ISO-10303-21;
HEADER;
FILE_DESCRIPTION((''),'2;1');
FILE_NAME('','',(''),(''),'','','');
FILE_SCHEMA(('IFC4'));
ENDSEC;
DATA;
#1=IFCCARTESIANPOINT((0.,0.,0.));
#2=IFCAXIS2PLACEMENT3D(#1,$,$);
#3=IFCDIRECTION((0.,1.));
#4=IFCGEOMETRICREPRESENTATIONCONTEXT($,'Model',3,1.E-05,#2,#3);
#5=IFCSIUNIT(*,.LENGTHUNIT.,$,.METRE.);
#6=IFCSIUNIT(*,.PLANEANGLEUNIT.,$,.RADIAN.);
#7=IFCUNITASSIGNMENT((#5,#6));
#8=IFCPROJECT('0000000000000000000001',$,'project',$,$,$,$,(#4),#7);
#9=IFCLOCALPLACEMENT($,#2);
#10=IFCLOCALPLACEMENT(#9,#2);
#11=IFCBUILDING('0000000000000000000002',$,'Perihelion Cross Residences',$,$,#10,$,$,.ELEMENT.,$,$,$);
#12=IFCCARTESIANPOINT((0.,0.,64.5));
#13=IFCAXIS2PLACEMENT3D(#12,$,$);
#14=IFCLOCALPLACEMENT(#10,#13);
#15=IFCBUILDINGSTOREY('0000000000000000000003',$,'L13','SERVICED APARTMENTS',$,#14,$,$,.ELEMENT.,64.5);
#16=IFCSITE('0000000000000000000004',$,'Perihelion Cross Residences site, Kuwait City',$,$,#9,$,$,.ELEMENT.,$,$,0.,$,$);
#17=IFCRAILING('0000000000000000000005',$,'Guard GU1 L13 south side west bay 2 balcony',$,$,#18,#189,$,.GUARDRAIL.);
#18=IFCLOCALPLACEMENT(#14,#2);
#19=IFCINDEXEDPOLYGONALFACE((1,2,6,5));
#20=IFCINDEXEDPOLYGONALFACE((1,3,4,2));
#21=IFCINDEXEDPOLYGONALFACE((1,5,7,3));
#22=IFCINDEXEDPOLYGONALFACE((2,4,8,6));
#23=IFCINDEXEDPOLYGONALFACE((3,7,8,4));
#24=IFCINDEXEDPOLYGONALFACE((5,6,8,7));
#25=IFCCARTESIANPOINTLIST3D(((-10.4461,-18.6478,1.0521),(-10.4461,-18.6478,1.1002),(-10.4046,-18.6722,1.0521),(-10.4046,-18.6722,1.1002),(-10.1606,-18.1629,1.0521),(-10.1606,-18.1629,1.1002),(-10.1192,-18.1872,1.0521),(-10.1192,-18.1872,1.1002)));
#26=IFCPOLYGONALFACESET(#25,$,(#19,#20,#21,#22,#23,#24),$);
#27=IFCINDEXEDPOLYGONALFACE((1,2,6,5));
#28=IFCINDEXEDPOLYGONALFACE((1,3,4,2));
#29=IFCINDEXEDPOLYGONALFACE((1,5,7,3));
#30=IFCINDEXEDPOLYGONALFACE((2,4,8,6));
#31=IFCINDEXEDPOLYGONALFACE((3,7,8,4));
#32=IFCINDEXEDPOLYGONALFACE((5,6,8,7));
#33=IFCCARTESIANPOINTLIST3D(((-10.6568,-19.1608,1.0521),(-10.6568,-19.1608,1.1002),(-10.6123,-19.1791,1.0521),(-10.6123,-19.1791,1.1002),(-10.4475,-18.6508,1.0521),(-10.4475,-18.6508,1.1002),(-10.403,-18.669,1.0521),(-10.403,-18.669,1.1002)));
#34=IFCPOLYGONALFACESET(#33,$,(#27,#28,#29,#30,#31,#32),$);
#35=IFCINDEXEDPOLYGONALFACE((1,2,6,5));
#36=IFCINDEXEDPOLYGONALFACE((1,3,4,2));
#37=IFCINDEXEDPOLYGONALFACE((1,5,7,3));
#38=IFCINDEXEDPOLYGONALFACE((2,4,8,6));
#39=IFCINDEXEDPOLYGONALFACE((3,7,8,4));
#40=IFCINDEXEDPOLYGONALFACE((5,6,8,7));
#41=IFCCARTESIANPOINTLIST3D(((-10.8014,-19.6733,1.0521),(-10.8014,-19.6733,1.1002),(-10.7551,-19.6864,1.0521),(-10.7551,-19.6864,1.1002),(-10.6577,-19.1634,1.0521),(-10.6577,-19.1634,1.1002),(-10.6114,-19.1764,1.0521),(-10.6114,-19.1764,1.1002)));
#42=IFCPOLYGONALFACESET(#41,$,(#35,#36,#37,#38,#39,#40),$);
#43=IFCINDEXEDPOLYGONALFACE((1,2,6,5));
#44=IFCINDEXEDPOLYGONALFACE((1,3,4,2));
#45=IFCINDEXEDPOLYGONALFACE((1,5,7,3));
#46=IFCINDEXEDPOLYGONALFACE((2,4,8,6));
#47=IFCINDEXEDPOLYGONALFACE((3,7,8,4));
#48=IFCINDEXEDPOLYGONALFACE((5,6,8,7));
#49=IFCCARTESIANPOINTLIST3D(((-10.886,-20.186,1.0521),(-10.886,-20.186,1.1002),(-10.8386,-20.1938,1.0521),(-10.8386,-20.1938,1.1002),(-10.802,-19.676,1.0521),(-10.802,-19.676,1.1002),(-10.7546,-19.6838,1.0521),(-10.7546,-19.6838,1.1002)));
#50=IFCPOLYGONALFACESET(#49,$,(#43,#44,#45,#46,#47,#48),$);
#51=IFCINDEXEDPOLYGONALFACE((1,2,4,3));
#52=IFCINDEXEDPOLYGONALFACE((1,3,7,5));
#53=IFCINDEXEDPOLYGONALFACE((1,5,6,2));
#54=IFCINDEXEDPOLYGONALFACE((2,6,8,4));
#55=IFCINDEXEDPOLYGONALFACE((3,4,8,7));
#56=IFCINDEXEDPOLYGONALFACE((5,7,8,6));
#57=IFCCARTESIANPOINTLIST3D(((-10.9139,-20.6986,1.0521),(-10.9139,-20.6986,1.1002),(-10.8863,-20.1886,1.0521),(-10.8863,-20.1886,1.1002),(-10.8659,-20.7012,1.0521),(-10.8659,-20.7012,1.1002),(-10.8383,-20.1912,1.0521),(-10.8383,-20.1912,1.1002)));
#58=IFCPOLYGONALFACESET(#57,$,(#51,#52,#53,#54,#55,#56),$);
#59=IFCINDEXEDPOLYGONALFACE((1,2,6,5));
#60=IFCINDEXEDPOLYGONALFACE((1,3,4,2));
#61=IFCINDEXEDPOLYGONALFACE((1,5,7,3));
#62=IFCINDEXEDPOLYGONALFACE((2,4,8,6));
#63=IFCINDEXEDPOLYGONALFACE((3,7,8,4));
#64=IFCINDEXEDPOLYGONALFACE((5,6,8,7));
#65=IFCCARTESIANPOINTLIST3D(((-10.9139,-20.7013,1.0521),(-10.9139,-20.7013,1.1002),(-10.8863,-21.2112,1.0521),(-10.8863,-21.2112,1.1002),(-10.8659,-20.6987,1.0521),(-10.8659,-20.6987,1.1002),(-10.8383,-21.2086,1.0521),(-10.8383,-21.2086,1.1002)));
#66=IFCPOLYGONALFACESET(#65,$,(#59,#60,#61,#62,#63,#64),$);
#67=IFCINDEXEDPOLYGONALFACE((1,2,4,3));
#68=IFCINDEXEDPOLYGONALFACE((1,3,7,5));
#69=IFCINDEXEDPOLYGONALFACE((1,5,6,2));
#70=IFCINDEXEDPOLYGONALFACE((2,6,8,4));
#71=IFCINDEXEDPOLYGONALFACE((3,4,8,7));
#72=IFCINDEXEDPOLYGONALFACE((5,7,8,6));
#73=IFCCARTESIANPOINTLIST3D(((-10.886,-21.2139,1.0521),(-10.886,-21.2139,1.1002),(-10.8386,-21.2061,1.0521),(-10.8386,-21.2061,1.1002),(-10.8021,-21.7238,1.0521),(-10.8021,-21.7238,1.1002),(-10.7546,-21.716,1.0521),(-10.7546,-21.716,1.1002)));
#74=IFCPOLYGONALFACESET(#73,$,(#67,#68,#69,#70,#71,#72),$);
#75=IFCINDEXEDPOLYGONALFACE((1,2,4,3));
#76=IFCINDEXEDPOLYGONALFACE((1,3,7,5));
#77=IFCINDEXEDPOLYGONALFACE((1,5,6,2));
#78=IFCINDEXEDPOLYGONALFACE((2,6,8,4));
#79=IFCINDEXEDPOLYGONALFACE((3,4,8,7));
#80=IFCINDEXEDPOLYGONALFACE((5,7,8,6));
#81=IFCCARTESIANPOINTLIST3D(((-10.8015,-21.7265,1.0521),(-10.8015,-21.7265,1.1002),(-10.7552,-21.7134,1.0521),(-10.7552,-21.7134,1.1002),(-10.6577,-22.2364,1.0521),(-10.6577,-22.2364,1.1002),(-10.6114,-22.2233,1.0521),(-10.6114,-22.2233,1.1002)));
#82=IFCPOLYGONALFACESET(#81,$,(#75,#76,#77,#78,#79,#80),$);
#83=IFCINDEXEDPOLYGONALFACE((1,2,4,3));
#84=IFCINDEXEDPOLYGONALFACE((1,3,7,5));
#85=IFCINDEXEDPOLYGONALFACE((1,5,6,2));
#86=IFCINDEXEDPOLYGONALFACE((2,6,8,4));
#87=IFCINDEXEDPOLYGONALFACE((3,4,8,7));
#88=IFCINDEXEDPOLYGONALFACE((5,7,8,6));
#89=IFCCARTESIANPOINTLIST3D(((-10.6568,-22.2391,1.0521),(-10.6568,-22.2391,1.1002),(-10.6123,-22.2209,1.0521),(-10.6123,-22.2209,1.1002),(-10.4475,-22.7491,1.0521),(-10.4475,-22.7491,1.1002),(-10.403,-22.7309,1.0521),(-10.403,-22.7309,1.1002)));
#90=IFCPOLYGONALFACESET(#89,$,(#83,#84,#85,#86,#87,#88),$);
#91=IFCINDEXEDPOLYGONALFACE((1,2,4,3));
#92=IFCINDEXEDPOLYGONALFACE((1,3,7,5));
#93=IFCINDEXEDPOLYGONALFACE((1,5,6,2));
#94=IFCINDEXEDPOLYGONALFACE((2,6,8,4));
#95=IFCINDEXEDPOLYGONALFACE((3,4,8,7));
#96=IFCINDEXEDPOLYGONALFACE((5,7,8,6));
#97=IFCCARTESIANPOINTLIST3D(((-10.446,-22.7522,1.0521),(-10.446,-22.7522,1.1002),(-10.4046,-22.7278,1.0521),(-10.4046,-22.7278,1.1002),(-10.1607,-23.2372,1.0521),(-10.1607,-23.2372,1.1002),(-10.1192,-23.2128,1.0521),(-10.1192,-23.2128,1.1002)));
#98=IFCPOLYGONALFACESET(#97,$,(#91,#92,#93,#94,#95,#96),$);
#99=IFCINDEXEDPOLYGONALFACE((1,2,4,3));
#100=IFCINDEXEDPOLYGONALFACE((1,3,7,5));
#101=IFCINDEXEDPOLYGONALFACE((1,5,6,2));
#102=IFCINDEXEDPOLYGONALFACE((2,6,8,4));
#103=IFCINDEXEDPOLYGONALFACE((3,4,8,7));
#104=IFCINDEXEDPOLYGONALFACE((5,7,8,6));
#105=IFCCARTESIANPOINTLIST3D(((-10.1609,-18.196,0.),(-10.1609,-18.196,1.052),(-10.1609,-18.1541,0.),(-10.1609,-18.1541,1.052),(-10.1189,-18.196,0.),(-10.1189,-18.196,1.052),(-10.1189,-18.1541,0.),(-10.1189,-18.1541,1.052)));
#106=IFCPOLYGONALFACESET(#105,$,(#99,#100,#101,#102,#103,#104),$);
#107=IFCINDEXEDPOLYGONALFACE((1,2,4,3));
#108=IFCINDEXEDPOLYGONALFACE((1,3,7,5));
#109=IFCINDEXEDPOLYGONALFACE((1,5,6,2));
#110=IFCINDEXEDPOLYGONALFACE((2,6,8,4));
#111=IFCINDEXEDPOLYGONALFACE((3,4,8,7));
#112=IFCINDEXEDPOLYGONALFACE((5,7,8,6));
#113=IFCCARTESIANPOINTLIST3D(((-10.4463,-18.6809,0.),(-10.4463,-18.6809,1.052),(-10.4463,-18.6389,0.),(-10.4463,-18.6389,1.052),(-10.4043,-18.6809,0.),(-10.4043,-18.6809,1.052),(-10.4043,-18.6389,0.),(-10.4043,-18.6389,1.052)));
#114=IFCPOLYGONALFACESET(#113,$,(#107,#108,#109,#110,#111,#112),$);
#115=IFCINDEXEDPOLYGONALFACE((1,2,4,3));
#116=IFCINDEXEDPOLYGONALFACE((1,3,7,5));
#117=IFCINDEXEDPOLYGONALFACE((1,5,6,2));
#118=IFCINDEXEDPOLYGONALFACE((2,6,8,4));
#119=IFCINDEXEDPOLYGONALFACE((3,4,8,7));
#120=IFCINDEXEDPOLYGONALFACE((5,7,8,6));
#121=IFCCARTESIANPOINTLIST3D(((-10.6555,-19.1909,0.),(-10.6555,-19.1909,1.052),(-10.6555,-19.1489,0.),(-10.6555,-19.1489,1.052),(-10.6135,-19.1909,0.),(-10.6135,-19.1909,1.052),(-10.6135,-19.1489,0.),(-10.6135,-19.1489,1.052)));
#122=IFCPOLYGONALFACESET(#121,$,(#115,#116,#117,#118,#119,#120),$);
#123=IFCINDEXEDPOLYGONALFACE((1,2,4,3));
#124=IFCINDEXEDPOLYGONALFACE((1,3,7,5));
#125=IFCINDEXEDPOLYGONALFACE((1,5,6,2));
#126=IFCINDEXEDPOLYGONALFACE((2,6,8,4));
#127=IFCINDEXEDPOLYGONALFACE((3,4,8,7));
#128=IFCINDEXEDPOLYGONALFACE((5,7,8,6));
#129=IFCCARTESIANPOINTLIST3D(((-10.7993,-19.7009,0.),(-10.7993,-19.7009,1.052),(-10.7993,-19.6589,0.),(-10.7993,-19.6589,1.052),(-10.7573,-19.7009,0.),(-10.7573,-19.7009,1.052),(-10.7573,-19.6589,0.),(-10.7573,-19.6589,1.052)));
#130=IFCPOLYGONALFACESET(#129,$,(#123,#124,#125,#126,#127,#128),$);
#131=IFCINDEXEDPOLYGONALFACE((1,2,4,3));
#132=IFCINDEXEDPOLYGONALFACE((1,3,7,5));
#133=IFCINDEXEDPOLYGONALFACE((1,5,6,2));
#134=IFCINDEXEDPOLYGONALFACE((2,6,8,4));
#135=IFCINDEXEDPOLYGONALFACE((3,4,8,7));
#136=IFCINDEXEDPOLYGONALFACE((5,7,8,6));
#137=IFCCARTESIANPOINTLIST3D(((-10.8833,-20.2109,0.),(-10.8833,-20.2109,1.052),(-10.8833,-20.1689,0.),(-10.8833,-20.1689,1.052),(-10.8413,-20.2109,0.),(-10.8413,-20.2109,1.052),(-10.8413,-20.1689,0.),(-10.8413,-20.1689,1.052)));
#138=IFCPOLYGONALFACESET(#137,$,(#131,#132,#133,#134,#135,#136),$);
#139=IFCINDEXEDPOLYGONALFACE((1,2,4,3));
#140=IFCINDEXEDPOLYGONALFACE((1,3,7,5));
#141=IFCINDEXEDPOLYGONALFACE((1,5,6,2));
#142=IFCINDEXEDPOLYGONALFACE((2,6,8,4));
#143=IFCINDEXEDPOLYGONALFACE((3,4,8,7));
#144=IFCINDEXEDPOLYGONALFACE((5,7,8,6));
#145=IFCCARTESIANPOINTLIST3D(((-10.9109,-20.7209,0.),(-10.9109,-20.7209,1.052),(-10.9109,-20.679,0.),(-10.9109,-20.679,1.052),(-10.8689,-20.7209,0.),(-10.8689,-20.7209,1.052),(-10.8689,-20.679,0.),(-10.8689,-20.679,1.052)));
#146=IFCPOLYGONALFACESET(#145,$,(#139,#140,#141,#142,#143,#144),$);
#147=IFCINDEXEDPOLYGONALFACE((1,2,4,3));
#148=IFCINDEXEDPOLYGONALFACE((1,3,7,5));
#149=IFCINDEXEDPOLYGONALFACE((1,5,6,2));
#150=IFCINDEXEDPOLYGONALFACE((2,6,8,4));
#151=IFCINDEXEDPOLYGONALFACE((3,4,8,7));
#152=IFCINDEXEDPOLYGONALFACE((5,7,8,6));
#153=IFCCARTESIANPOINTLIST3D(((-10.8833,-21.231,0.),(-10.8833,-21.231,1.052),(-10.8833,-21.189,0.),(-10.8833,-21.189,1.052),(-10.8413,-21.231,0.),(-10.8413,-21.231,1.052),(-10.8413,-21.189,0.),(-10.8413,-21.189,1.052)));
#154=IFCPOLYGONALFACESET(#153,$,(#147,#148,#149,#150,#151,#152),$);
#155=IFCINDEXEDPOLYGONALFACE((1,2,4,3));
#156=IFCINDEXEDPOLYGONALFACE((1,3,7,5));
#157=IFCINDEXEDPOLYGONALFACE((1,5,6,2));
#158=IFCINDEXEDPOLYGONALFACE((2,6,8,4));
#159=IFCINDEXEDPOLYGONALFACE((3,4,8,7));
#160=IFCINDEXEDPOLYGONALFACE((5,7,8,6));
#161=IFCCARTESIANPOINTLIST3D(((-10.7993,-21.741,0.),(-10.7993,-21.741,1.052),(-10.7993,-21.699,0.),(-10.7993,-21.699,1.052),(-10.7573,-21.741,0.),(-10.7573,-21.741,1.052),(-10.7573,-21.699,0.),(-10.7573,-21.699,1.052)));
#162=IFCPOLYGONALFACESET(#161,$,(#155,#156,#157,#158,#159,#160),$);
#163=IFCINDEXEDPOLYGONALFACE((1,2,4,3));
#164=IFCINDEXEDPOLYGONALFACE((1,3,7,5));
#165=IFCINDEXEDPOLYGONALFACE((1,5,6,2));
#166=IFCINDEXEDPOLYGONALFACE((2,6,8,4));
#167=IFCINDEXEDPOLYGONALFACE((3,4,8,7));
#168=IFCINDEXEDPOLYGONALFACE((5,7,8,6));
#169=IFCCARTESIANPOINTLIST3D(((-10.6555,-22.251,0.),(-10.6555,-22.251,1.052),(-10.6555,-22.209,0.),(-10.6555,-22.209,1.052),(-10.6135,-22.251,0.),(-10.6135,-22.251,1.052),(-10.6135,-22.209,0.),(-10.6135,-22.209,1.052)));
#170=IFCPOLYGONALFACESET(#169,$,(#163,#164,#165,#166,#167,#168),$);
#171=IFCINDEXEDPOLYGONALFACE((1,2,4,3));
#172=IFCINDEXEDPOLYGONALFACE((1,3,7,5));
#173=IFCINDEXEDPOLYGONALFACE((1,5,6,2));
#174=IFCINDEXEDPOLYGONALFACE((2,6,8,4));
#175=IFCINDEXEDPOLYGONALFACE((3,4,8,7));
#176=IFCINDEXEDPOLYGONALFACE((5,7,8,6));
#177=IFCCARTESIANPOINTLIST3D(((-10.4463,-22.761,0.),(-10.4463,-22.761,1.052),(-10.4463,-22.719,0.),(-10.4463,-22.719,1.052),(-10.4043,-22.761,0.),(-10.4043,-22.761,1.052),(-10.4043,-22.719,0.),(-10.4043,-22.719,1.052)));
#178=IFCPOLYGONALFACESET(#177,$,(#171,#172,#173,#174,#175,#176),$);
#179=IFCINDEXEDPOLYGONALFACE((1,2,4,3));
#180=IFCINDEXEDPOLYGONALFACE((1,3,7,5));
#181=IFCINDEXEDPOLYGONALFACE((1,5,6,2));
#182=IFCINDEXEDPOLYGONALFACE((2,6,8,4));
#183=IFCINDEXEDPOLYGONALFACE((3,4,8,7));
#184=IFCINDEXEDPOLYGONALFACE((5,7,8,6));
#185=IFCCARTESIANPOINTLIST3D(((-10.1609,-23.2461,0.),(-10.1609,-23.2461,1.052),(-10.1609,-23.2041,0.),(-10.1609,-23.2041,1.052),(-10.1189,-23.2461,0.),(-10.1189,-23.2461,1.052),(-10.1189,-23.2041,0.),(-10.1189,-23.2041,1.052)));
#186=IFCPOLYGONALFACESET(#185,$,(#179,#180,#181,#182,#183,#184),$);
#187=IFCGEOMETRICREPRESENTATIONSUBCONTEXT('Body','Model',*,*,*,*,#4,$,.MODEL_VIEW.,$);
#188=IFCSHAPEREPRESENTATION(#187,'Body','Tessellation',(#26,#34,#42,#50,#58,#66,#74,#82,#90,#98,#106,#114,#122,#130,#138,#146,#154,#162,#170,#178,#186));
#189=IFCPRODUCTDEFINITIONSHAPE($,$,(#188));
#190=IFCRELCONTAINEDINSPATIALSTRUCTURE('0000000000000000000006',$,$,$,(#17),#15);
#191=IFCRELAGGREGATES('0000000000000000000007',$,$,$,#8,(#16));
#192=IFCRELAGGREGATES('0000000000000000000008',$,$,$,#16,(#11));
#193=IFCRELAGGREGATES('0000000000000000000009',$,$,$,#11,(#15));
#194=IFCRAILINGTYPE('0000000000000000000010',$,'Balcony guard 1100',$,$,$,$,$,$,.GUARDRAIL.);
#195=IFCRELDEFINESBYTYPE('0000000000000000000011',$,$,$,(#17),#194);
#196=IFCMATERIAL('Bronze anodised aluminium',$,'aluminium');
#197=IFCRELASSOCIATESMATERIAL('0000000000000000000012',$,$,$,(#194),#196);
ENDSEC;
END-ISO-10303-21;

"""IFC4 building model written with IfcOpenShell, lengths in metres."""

from ifc_helpers import new_model, si_unit, direction, frame, origin, origin_2d, place, context, subcontext, project, spatial, rectangle, extrude, material, type_object, element, save


model = new_model("IFC4")

# Units and contexts
model_context = context("Model", 3, precision=1e-05, world=origin(), true_north=direction((0.0, 1.0)))
body_context = subcontext(model_context, "Body", "Model", "MODEL_VIEW")
ifc_project = project(units=[si_unit("LENGTHUNIT", "METRE"), si_unit("PLANEANGLEUNIT", "RADIAN")], contexts=[model_context])

# Site, building, storey
site_placement = place(None, origin())
site = spatial("IfcSite", under=ifc_project, at=site_placement, Name="Perihelion Cross Residences site, Kuwait City", CompositionType="ELEMENT", RefElevation=0.0)
building_placement = place(site_placement, origin())
building = spatial("IfcBuilding", under=site, at=building_placement, Name="Perihelion Cross Residences", CompositionType="ELEMENT")
storey_placement = place(building_placement, frame((0.0, 0.0, 64.5)))
storey = spatial("IfcBuildingStorey", under=building, at=storey_placement, Name="L13", Description="SERVICED APARTMENTS", CompositionType="ELEMENT", Elevation=64.5)

# Railing
ifc_material_1 = material(Name="Bronze anodised aluminium", Category="aluminium")
railing_type = type_object("IfcRailingType", Name="Balcony guard 1100", PredefinedType="GUARDRAIL", material=ifc_material_1)
railing_1_placement = place(storey_placement, frame((-10.1399, -18.175, 0.0)))
element("IfcRailing", 1, at=railing_1_placement, inside=storey, type_object=railing_type, Name="Guard GU1 L13 south side west bay 2 balcony", PredefinedType="GUARDRAIL", context=body_context, shape_type="SweptSolid", body=[
    extrude(rectangle(XDim=0.0481, YDim=0.0481, at=origin_2d()), frame((0.0, 0.0, 1.0762), z_axis=(-0.507267, -0.861789, 0.0), x_axis=(0.861789, -0.507267, 0.0)), (0.0, 0.0, 1.0), 0.5627),
    extrude(rectangle(XDim=0.0481, YDim=0.0481, at=origin_2d()), frame((-0.2854, -0.4849, 1.0762), z_axis=(-0.379547, -0.925173, 0.0), x_axis=(0.925173, -0.379547, 0.0)), (0.0, 0.0, 1.0), 0.5513),
    extrude(rectangle(XDim=0.0481, YDim=0.0481, at=origin_2d()), frame((-0.4946, -0.9949, 1.0762), z_axis=(-0.271373, -0.962474, 0.0), x_axis=(0.962474, -0.271373, 0.0)), (0.0, 0.0, 1.0), 0.5298),
    extrude(rectangle(XDim=0.0481, YDim=0.0481, at=origin_2d()), frame((-0.6384, -1.5049, 1.0762), z_axis=(-0.162484, -0.986711, 0.0), x_axis=(0.986711, -0.162484, 0.0)), (0.0, 0.0, 1.0), 0.5168),
    extrude(rectangle(XDim=0.0481, YDim=0.0481, at=origin_2d()), frame((-0.7224, -2.0149, 1.0762), z_axis=(-0.054014, -0.99854, 0.0), x_axis=(0.99854, -0.054014, 0.0)), (0.0, 0.0, 1.0), 0.5107),
    extrude(rectangle(XDim=0.0481, YDim=0.0481, at=origin_2d()), frame((-0.75, -2.5249, 1.0762), z_axis=(0.054014, -0.99854, 0.0), x_axis=(0.99854, 0.054014, 0.0)), (0.0, 0.0, 1.0), 0.5107),
    extrude(rectangle(XDim=0.0481, YDim=0.0481, at=origin_2d()), frame((-0.7224, -3.0349, 1.0762), z_axis=(0.162484, -0.986711, 0.0), x_axis=(0.986711, 0.162484, 0.0)), (0.0, 0.0, 1.0), 0.5168),
    extrude(rectangle(XDim=0.0481, YDim=0.0481, at=origin_2d()), frame((-0.6384, -3.5449, 1.0762), z_axis=(0.271373, -0.962474, 0.0), x_axis=(0.962474, 0.271373, 0.0)), (0.0, 0.0, 1.0), 0.5298),
    extrude(rectangle(XDim=0.0481, YDim=0.0481, at=origin_2d()), frame((-0.4946, -4.0549, 1.0762), z_axis=(0.379547, -0.925173, 0.0), x_axis=(0.925173, 0.379547, 0.0)), (0.0, 0.0, 1.0), 0.5513),
    extrude(rectangle(XDim=0.0481, YDim=0.0481, at=origin_2d()), frame((-0.2854, -4.5649, 1.0762), z_axis=(0.507077, -0.861901, 0.0), x_axis=(0.861901, 0.507077, 0.0)), (0.0, 0.0, 1.0), 0.5627),
    extrude(rectangle(XDim=0.042, YDim=0.042, at=origin_2d()), origin(), (0.0, 0.0, 1.0), 1.052),
    extrude(rectangle(XDim=0.042, YDim=0.042, at=origin_2d()), frame((-0.2854, -0.4849, 0.0)), (0.0, 0.0, 1.0), 1.052),
    extrude(rectangle(XDim=0.042, YDim=0.042, at=origin_2d()), frame((-0.4946, -0.9949, 0.0)), (0.0, 0.0, 1.0), 1.052),
    extrude(rectangle(XDim=0.042, YDim=0.042, at=origin_2d()), frame((-0.6384, -1.5049, 0.0)), (0.0, 0.0, 1.0), 1.052),
    extrude(rectangle(XDim=0.042, YDim=0.042, at=origin_2d()), frame((-0.7224, -2.0149, 0.0)), (0.0, 0.0, 1.0), 1.052),
    extrude(rectangle(XDim=0.042, YDim=0.042, at=origin_2d()), frame((-0.75, -2.5249, 0.0)), (0.0, 0.0, 1.0), 1.052),
    extrude(rectangle(XDim=0.042, YDim=0.042, at=origin_2d()), frame((-0.7224, -3.0349, 0.0)), (0.0, 0.0, 1.0), 1.052),
    extrude(rectangle(XDim=0.042, YDim=0.042, at=origin_2d()), frame((-0.6384, -3.5449, 0.0)), (0.0, 0.0, 1.0), 1.052),
    extrude(rectangle(XDim=0.042, YDim=0.042, at=origin_2d()), frame((-0.4946, -4.0549, 0.0)), (0.0, 0.0, 1.0), 1.052),
    extrude(rectangle(XDim=0.042, YDim=0.042, at=origin_2d()), frame((-0.2854, -4.5649, 0.0)), (0.0, 0.0, 1.0), 1.052),
    extrude(rectangle(XDim=0.042, YDim=0.042, at=origin_2d()), frame((0.0, -5.05, 0.0)), (0.0, 0.0, 1.0), 1.052),
])

save(model, "model.ifc")
